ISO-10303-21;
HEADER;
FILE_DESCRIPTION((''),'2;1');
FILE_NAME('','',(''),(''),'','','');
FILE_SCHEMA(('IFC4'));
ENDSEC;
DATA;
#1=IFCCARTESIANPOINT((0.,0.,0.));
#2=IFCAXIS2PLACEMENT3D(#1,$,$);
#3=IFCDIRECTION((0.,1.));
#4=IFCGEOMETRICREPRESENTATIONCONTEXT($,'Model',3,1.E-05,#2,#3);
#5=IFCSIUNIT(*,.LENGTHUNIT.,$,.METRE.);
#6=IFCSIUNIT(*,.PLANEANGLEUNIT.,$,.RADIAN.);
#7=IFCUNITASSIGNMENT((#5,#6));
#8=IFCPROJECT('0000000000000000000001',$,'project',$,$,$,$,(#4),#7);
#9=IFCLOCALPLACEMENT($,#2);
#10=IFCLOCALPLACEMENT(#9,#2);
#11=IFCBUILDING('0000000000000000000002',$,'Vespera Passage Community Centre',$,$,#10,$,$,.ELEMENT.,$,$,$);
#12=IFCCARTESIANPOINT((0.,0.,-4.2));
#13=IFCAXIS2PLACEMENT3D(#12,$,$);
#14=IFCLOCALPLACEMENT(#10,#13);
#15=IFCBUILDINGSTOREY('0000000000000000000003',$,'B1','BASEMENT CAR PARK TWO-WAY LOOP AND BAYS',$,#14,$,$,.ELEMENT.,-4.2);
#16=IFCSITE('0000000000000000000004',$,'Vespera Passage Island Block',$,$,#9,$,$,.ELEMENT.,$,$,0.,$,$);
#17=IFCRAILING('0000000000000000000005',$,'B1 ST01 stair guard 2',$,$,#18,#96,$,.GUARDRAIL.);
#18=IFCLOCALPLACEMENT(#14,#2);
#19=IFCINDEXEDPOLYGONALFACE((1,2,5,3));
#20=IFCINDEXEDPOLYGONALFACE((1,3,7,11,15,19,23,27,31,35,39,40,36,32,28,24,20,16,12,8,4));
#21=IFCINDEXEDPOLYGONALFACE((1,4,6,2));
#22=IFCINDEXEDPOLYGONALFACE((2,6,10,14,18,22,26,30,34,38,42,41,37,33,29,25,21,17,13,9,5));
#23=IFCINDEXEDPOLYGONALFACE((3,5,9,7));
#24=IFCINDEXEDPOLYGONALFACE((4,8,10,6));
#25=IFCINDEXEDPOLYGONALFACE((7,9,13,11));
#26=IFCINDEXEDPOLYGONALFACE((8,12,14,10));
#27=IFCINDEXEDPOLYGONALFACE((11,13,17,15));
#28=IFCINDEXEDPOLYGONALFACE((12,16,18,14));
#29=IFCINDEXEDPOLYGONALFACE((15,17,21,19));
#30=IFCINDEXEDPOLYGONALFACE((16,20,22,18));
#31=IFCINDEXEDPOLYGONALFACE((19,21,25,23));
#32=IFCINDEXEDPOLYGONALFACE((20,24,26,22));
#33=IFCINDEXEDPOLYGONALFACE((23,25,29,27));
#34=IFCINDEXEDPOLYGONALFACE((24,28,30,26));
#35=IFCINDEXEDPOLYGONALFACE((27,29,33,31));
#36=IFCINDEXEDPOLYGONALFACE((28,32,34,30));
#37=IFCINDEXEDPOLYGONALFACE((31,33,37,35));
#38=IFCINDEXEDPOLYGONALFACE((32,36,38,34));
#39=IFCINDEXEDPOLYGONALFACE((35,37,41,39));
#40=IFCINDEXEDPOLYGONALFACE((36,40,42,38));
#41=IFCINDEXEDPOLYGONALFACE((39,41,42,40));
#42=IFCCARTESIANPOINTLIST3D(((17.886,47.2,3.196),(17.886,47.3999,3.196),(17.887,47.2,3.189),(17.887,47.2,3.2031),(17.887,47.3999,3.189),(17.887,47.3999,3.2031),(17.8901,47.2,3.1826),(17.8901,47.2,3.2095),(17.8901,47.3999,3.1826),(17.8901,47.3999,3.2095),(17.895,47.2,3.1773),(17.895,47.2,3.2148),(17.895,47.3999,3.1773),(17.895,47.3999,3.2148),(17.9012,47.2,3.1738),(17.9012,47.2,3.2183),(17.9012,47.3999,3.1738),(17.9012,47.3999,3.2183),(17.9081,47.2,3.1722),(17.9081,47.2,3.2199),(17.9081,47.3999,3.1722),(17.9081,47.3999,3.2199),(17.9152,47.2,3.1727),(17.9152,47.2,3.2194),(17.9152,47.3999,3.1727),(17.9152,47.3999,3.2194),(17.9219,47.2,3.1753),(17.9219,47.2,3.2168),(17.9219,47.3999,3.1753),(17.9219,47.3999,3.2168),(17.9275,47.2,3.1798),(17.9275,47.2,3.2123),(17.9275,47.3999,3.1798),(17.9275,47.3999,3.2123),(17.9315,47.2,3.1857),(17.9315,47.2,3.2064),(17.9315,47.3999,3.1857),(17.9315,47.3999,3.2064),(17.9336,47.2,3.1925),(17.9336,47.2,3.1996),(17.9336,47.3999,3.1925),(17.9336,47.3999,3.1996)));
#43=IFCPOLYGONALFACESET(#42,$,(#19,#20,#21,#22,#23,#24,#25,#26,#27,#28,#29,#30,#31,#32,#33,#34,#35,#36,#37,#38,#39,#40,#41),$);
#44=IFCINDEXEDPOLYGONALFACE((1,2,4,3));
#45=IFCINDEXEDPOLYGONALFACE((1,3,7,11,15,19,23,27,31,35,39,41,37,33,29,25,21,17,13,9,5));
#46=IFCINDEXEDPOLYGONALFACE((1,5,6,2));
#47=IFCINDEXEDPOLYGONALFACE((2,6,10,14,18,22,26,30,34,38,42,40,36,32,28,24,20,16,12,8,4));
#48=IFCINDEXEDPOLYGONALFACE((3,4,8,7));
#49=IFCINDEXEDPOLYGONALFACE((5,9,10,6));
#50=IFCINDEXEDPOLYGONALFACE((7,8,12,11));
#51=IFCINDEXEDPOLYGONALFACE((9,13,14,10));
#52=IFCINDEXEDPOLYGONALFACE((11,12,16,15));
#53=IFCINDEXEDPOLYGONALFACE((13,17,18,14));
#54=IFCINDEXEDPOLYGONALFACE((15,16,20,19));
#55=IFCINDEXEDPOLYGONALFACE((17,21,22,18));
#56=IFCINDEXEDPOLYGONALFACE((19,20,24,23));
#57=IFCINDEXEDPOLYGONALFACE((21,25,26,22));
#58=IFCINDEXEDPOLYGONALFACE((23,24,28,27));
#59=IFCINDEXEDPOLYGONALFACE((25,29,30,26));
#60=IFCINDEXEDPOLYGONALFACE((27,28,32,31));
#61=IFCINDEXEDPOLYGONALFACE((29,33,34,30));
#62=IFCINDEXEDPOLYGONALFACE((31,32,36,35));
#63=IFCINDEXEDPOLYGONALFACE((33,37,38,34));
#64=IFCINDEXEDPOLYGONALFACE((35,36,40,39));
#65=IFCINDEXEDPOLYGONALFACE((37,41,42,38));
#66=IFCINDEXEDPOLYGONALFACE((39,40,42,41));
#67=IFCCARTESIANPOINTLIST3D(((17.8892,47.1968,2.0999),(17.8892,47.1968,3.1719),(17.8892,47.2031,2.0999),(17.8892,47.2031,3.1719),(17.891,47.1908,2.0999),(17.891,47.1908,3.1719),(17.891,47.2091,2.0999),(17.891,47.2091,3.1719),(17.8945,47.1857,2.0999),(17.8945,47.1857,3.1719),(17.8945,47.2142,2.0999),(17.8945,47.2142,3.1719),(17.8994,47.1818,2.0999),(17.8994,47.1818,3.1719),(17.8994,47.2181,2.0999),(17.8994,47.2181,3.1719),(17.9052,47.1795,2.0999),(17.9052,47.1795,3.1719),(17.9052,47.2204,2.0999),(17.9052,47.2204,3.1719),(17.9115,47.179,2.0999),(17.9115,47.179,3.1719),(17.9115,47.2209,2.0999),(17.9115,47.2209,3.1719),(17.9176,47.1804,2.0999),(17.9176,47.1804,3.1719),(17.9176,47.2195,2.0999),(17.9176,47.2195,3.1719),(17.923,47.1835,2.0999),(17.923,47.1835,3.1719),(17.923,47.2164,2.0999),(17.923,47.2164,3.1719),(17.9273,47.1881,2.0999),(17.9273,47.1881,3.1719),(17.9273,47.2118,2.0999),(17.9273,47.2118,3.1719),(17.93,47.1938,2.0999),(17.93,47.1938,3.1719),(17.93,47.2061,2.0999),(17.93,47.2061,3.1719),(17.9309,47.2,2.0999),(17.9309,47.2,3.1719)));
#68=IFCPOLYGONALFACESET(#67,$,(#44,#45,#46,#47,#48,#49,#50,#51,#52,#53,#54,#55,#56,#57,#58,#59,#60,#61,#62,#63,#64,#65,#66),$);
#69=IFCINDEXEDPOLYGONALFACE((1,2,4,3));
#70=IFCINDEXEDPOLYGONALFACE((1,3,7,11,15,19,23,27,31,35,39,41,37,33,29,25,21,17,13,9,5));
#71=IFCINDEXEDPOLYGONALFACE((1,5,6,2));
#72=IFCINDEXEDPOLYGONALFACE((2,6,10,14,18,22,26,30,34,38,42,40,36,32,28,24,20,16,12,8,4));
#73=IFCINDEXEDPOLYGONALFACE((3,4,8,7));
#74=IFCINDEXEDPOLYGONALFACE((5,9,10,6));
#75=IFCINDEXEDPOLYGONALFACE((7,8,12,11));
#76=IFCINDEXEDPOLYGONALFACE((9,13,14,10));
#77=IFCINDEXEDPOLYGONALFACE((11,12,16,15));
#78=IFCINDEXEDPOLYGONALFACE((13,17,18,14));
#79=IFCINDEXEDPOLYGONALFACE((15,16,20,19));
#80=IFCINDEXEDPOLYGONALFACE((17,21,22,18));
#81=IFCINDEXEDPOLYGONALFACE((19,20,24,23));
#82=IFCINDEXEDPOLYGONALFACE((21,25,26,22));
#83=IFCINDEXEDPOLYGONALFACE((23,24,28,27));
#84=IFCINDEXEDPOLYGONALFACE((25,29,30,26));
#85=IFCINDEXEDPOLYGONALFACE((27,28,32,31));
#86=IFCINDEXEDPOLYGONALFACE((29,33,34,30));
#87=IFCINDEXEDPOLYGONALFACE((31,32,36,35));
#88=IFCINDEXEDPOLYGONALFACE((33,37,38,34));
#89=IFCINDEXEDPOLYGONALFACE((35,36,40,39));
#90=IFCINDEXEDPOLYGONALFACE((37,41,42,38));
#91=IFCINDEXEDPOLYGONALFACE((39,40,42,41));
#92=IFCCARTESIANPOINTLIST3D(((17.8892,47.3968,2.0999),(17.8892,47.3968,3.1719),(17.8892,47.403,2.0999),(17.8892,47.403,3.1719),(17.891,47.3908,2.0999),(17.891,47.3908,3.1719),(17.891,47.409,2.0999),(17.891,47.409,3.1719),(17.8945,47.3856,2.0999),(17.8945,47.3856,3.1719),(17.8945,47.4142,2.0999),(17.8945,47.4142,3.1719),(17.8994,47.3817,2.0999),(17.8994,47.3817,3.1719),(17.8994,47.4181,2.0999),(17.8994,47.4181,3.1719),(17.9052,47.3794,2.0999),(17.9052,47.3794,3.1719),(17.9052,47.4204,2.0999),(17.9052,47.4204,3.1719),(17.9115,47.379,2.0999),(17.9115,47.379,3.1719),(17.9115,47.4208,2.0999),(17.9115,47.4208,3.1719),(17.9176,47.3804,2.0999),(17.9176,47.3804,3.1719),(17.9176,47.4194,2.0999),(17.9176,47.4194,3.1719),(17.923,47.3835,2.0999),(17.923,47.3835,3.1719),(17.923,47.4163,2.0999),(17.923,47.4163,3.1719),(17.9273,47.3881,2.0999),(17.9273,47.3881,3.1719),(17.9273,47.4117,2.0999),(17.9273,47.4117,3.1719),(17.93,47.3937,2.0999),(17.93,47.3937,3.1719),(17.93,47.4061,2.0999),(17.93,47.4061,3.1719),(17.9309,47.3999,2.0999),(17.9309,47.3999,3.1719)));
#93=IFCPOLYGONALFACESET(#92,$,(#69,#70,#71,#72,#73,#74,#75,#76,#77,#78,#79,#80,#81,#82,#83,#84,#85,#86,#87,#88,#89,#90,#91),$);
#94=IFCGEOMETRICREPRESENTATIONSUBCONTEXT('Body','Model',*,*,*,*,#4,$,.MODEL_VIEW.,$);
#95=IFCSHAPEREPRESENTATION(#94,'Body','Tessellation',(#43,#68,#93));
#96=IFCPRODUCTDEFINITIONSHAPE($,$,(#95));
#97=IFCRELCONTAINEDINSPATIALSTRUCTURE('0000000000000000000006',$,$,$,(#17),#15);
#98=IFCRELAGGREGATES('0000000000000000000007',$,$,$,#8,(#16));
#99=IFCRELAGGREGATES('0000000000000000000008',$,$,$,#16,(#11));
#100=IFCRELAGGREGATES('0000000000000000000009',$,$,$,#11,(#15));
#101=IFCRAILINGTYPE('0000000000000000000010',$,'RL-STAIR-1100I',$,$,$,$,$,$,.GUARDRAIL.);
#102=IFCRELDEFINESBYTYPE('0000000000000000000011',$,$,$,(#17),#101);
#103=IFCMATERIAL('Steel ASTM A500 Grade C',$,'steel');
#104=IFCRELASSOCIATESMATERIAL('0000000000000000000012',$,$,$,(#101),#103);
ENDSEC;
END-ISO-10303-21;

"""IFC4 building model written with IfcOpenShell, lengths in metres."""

from ifc_helpers import new_model, si_unit, direction, frame, origin, origin_2d, place, context, subcontext, project, spatial, circle, extrude, material, type_object, element, save


model = new_model("IFC4")

# Units and contexts
model_context = context("Model", 3, precision=1e-05, world=origin(), true_north=direction((0.0, 1.0)))
body_context = subcontext(model_context, "Body", "Model", "MODEL_VIEW")
ifc_project = project(units=[si_unit("LENGTHUNIT", "METRE"), si_unit("PLANEANGLEUNIT", "RADIAN")], contexts=[model_context])

# Site, building, storey
site_placement = place(None, origin())
site = spatial("IfcSite", under=ifc_project, at=site_placement, Name="Vespera Passage Island Block", CompositionType="ELEMENT", RefElevation=0.0)
building_placement = place(site_placement, origin())
building = spatial("IfcBuilding", under=site, at=building_placement, Name="Vespera Passage Community Centre", CompositionType="ELEMENT")
storey_placement = place(building_placement, frame((0.0, 0.0, -4.2)))
storey = spatial("IfcBuildingStorey", under=building, at=storey_placement, Name="B1", Description="BASEMENT CAR PARK TWO-WAY LOOP AND BAYS", CompositionType="ELEMENT", Elevation=-4.2)

# Railing
ifc_material_1 = material(Name="Steel ASTM A500 Grade C", Category="steel")
railing_type_1 = type_object("IfcRailingType", Name="RL-STAIR-1100I", PredefinedType="GUARDRAIL", material=ifc_material_1)
railing_1_placement = place(storey_placement, frame((17.9099, 47.2, 2.0999)))
element("IfcRailing", 1, at=railing_1_placement, inside=storey, type_object=railing_type_1, Name="B1 ST01 stair guard 2", PredefinedType="GUARDRAIL", context=body_context, shape_type="SweptSolid", body=[
    extrude(circle(Radius=0.0239, at=origin_2d()), frame((0.0, 0.0, 1.0962), z_axis=(0.0, 1.0, 0.0), x_axis=(-1.0, 0.0, 0.0)), (0.0, 0.0, 1.0), 0.2),
    extrude(circle(Radius=0.021, at=origin_2d()), origin(), (0.0, 0.0, 1.0), 1.072),
    extrude(circle(Radius=0.021, at=origin_2d()), frame((0.0, 0.2, 0.0)), (0.0, 0.0, 1.0), 1.072),
])

save(model, "model.ifc")
